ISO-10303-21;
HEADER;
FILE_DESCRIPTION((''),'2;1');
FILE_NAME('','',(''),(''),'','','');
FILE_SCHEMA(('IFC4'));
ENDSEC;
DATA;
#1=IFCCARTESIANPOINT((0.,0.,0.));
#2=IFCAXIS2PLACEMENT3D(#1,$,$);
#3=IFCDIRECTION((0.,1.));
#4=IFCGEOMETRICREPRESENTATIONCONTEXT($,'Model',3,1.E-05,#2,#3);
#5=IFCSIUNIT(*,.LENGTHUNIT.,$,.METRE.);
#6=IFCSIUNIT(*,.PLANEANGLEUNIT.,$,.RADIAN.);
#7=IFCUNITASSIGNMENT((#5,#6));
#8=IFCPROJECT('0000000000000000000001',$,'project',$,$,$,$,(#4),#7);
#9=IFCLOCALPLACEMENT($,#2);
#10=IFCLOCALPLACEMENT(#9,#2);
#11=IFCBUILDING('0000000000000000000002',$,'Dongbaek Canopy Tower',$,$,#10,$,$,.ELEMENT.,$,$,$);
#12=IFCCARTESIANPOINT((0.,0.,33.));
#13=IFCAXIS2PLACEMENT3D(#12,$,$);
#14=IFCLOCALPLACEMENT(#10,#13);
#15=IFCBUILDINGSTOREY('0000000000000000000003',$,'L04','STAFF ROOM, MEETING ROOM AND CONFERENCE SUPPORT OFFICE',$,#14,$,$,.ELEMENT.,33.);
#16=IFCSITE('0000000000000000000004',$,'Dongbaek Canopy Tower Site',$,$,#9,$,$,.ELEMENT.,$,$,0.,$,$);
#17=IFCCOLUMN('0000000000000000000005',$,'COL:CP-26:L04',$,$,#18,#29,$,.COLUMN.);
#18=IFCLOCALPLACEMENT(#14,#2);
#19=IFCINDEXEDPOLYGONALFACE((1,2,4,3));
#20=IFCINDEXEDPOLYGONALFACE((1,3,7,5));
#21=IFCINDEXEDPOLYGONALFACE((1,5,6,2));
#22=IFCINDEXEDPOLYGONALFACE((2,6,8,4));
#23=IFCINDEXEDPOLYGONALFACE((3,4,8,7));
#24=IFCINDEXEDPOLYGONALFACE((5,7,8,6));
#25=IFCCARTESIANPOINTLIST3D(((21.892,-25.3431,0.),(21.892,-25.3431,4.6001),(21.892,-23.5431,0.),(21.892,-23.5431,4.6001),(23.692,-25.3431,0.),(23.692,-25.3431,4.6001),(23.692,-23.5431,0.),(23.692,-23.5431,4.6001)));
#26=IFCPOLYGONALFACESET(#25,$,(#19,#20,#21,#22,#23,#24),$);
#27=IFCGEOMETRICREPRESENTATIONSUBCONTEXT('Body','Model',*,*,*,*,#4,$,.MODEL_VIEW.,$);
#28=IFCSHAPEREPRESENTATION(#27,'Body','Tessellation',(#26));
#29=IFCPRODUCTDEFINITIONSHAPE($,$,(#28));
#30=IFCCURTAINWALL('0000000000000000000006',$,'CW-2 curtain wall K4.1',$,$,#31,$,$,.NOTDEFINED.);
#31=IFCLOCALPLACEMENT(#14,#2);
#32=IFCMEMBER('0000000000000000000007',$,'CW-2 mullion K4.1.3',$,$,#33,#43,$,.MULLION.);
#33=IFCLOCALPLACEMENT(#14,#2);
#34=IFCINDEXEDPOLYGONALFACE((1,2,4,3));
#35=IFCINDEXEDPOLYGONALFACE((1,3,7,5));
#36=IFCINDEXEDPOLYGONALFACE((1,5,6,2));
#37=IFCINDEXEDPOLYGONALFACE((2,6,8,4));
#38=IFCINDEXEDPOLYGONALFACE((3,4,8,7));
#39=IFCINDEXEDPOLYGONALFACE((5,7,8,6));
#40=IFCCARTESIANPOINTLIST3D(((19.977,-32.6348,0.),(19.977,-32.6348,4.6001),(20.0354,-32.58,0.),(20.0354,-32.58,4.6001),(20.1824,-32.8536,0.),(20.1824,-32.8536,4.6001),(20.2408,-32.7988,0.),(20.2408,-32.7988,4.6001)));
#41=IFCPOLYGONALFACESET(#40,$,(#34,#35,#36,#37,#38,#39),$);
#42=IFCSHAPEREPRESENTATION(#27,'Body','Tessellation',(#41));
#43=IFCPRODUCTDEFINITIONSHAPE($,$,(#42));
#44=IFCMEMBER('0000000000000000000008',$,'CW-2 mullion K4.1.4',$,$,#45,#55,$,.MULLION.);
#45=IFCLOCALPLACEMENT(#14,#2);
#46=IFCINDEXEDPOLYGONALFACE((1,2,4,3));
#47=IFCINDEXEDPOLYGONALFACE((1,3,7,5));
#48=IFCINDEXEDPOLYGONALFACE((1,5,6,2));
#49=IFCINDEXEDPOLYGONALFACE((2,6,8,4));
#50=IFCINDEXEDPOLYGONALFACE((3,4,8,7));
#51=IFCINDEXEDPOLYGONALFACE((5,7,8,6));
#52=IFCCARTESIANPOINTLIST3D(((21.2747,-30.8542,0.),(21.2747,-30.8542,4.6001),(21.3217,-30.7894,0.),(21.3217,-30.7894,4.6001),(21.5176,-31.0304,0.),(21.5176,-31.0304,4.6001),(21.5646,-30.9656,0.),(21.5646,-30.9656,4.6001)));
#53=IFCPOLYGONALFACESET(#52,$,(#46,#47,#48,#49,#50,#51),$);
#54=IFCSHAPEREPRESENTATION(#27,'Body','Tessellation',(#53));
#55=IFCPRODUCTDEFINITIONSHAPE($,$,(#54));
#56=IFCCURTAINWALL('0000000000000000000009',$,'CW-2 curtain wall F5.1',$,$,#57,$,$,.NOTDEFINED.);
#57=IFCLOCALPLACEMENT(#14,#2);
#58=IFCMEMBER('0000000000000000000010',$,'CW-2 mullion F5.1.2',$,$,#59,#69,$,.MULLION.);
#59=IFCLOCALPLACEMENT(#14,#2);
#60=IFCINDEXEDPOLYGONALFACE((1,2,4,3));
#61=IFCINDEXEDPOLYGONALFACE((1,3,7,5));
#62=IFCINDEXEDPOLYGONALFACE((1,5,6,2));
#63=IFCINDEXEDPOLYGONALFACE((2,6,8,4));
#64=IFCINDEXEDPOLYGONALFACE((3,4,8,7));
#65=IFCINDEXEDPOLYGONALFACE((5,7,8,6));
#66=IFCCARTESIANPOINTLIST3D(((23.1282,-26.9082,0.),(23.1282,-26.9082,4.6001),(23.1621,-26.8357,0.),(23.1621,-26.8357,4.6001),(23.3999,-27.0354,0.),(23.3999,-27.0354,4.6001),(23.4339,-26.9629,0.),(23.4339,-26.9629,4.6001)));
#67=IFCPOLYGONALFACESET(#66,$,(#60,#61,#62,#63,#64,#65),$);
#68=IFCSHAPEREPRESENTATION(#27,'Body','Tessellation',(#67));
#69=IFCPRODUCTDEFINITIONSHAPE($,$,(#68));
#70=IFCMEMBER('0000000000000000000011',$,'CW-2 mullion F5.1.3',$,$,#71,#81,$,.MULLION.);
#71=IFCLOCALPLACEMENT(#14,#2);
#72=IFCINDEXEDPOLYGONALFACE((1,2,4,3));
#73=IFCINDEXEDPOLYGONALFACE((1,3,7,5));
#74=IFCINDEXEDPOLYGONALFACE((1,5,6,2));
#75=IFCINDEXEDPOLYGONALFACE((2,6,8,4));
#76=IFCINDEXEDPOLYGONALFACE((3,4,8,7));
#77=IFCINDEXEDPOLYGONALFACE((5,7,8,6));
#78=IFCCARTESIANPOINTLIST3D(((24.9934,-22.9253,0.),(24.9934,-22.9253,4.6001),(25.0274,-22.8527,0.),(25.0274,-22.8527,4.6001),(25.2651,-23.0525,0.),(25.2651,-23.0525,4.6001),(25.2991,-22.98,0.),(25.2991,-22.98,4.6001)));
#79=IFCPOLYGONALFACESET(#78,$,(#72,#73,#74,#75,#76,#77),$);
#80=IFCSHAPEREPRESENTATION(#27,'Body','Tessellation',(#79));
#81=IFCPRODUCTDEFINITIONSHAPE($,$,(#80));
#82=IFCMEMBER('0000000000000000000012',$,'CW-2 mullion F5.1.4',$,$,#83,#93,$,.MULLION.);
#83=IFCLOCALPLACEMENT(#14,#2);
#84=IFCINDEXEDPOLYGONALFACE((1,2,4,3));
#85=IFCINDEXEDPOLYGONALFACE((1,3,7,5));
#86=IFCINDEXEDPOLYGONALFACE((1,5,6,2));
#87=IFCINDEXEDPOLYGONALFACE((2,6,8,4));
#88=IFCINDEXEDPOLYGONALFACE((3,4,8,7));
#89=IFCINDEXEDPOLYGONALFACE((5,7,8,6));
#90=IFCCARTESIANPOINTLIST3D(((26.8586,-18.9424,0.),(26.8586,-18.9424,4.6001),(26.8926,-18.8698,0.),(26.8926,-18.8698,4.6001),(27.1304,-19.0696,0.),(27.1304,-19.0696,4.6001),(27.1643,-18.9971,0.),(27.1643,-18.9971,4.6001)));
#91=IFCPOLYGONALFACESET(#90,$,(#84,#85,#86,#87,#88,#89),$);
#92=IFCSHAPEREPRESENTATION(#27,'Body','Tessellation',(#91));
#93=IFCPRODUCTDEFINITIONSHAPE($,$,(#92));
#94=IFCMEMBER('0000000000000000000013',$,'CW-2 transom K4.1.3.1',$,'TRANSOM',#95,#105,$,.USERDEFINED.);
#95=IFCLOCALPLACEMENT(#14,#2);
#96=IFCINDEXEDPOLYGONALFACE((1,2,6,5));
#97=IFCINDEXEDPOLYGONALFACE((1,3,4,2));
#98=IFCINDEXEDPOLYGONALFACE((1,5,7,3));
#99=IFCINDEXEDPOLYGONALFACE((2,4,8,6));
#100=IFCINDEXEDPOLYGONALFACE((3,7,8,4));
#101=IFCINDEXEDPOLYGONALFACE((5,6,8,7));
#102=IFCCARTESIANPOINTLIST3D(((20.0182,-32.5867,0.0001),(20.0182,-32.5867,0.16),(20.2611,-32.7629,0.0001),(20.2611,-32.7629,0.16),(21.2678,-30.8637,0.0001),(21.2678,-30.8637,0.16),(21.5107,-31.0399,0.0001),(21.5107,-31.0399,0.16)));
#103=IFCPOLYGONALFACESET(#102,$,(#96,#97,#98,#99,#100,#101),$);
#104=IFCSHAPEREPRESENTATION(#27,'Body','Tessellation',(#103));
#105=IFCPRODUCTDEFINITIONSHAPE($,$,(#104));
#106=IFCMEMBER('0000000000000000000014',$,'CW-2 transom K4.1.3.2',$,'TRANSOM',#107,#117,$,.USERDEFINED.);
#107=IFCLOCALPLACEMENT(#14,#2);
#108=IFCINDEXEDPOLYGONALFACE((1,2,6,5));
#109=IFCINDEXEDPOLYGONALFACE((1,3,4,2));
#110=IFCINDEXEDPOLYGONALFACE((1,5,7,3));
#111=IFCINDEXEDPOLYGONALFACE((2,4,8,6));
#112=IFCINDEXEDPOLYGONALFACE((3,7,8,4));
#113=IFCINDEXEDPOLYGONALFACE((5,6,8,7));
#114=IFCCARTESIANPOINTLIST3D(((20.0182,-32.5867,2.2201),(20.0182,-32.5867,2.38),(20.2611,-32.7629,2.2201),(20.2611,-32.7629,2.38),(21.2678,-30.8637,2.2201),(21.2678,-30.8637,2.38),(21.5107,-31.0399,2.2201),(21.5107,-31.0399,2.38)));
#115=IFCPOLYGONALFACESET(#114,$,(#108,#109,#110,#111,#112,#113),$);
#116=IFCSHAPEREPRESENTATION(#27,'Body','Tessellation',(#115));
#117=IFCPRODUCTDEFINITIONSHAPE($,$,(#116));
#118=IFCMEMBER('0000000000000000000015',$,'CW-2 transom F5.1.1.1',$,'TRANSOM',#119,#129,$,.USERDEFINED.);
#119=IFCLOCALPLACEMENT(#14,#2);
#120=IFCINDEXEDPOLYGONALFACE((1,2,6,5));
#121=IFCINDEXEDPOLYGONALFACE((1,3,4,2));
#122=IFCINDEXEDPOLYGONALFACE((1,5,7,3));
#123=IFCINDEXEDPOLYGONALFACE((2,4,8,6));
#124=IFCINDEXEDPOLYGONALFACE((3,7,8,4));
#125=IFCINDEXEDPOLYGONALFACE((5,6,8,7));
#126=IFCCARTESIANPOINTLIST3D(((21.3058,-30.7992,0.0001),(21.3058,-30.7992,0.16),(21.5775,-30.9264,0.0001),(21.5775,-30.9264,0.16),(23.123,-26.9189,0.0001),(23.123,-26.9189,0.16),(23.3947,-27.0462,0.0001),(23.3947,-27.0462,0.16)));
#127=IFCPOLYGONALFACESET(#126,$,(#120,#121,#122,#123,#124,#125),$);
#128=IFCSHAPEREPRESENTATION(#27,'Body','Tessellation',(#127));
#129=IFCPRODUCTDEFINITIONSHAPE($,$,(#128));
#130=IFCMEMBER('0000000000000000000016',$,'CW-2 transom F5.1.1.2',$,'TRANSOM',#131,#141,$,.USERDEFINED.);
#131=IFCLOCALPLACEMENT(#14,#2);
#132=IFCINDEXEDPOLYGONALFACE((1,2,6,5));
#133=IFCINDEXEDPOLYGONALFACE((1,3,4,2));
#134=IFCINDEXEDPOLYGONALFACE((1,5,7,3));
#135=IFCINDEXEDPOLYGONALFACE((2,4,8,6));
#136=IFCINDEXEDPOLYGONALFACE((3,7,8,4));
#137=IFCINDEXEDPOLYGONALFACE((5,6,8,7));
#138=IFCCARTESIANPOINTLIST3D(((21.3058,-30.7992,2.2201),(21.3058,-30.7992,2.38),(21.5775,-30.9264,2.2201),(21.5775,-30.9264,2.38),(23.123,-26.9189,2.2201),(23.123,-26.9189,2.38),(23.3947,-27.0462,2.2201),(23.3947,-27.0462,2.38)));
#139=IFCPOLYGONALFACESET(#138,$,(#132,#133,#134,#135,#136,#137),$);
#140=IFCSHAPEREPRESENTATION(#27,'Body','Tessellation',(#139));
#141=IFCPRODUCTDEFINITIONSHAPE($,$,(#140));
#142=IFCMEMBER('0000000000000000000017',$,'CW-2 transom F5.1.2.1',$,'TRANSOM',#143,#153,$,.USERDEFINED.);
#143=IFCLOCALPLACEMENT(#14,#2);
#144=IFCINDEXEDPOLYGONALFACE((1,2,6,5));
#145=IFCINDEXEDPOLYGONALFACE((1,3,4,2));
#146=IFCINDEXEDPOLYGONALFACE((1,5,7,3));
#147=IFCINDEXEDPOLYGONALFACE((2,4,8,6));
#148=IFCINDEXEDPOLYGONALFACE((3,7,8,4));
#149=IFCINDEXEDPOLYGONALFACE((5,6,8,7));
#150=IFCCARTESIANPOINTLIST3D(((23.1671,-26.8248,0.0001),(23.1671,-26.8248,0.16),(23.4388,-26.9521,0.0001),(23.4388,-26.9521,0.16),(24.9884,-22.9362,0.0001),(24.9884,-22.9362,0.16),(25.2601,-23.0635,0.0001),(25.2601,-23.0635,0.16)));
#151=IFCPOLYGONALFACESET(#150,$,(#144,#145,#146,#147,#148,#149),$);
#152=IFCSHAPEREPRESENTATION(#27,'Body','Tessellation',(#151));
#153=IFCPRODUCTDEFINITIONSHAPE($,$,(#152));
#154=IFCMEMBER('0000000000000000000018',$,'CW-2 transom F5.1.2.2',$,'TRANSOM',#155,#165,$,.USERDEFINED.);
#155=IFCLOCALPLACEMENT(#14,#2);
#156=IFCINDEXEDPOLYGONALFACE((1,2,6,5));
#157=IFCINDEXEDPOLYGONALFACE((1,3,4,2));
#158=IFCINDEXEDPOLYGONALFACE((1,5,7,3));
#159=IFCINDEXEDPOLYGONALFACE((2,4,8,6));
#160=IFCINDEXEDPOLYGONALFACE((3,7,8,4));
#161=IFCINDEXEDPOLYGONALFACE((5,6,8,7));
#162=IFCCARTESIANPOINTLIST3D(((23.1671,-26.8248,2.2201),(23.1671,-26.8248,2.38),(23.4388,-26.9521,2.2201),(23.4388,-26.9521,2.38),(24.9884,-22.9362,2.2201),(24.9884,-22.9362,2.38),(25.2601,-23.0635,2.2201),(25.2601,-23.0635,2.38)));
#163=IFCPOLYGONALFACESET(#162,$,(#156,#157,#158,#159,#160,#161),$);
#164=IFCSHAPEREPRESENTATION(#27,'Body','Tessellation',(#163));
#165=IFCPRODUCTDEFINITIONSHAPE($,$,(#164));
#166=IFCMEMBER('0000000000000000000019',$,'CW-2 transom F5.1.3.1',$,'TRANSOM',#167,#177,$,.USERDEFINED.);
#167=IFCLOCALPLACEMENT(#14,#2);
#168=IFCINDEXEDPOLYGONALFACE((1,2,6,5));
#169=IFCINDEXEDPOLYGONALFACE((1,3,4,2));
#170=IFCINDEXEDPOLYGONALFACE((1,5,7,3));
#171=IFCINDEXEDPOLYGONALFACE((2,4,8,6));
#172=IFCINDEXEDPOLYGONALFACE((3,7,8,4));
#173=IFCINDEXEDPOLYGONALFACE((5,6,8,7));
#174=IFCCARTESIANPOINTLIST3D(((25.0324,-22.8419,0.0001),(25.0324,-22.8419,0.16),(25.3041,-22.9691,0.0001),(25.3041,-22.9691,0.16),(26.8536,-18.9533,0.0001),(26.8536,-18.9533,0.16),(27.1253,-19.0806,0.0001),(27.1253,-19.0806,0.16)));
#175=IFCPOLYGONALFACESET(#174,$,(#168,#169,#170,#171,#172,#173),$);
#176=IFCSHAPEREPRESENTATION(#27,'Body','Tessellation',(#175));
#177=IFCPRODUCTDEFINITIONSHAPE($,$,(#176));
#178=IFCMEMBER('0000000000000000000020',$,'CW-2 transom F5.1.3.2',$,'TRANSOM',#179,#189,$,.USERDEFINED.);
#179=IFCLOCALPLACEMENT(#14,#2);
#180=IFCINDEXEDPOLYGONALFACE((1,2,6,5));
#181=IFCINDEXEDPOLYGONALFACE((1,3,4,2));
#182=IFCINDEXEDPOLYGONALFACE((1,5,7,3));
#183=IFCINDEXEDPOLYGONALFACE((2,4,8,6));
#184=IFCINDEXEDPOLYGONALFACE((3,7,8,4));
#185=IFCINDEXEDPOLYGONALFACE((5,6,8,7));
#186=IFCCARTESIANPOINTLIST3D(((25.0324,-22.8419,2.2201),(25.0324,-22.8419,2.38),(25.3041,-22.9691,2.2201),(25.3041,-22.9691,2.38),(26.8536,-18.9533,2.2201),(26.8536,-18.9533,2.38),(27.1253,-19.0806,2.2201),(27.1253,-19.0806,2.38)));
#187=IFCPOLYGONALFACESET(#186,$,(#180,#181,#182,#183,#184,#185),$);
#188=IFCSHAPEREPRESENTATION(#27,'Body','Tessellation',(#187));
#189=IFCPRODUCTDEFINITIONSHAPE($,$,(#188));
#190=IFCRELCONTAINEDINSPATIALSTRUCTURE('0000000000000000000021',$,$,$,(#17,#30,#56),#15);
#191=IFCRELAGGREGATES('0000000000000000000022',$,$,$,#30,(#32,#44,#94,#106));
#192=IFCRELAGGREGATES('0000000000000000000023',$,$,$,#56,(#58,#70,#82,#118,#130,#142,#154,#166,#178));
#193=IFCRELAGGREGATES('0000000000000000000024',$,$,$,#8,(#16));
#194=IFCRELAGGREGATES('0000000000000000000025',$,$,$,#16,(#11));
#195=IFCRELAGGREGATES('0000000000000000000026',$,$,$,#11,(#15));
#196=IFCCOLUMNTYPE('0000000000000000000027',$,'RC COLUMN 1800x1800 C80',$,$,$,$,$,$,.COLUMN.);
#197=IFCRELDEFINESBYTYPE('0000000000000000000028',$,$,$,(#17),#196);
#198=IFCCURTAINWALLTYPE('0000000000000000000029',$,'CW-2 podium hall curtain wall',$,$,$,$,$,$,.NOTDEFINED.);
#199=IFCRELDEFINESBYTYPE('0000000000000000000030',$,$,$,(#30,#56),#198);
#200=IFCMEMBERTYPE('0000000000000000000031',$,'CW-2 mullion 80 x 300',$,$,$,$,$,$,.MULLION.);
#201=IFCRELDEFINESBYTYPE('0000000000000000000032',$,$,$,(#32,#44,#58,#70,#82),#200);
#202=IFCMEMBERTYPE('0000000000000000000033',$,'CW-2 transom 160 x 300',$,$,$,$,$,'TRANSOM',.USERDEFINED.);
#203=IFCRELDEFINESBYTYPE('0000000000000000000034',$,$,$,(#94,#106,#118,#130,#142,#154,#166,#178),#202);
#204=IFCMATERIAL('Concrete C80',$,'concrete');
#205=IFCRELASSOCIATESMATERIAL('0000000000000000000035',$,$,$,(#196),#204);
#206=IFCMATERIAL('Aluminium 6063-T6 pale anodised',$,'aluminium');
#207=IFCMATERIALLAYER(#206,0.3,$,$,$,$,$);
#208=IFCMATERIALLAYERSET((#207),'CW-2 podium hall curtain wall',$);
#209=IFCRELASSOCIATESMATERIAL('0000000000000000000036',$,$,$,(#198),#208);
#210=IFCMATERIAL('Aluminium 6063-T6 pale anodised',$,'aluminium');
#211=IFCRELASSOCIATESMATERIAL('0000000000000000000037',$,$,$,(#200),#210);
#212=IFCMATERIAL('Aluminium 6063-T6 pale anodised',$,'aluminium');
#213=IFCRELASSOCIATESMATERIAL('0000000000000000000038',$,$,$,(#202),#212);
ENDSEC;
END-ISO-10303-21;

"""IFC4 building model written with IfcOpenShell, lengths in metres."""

from ifc_helpers import new_model, si_unit, direction, frame, origin, origin_2d, place, context, subcontext, project, spatial, rectangle, extrude, material, layer, layer_set, material_profile, profile_set, type_object, element, aggregate, save


model = new_model("IFC4")

# Units and contexts
model_context = context("Model", 3, precision=1e-05, world=origin(), true_north=direction((0.0, 1.0)))
body_context = subcontext(model_context, "Body", "Model", "MODEL_VIEW")
ifc_project = project(units=[si_unit("LENGTHUNIT", "METRE"), si_unit("PLANEANGLEUNIT", "RADIAN")], contexts=[model_context])

# Site, building, storey
site_placement = place(None, origin())
site = spatial("IfcSite", under=ifc_project, at=site_placement, Name="Dongbaek Canopy Tower Site", CompositionType="ELEMENT", RefElevation=0.0)
building_placement = place(site_placement, origin())
building = spatial("IfcBuilding", under=site, at=building_placement, Name="Dongbaek Canopy Tower", CompositionType="ELEMENT")
storey_placement = place(building_placement, frame((0.0, 0.0, 33.0)))
storey = spatial("IfcBuildingStorey", under=building, at=storey_placement, Name="L04", Description="STAFF ROOM, MEETING ROOM AND CONFERENCE SUPPORT OFFICE", CompositionType="ELEMENT", Elevation=33.0)

# Column
ifc_material_1 = material(Name="Concrete C80", Category="concrete")
ifc_material_profile_1 = material_profile(ifc_material_1, rectangle(XDim=1.8, YDim=1.8, at=origin_2d()), Name="RC COLUMN 1800x1800 C80")
ifc_profile_set_1 = profile_set([ifc_material_profile_1], Name="Concrete C80")
column_type = type_object("IfcColumnType", Name="RC COLUMN 1800x1800 C80", PredefinedType="COLUMN", material=ifc_profile_set_1)
column_placement = place(storey_placement, frame((22.792, -24.4431, 0.0), z_axis=(0.0, 0.0, 1.0), x_axis=(1.0, 0.0, 0.0)))
element("IfcColumn", 1, at=column_placement, inside=storey, type_object=column_type, Name="COL:CP-26:L04", PredefinedType="COLUMN", context=body_context, shape_type="SweptSolid", body=[
    extrude(rectangle(XDim=1.8, YDim=1.8, at=origin_2d()), origin(), (0.0, 0.0, 1.0), 4.6001),
])

# Curtain walls, members
ifc_material_2 = material(Name="Aluminium 6063-T6 pale anodised", Category="aluminium")
ifc_layer_1 = layer(ifc_material_2, 0.3)
ifc_layer_set_1 = layer_set([ifc_layer_1], Name="CW-2 podium hall curtain wall")
curtain_wall_type = type_object("IfcCurtainWallType", Name="CW-2 podium hall curtain wall", PredefinedType="NOTDEFINED", material=ifc_layer_set_1)
curtain_wall_1_placement = place(storey_placement, origin())
curtain_wall_1 = element("IfcCurtainWall", 2, at=curtain_wall_1_placement, inside=storey, type_object=curtain_wall_type, Name="CW-2 curtain wall K4.1", PredefinedType="NOTDEFINED")
ifc_material_3 = material(Name="Aluminium 6063-T6 pale anodised", Category="aluminium")
ifc_material_profile_2 = material_profile(ifc_material_3, rectangle(XDim=0.3, YDim=0.0801, at=origin_2d()), Name="CW-2 mullion 80 x 300")
ifc_profile_set_2 = profile_set([ifc_material_profile_2], Name="Aluminium 6063-T6 pale anodised")
member_type_1 = type_object("IfcMemberType", Name="CW-2 mullion 80 x 300", PredefinedType="MULLION", material=ifc_profile_set_2)
member_1_placement = place(storey_placement, frame((20.1089, -32.7168, 0.0), z_axis=(0.0, 0.0, 1.0), x_axis=(0.684351, -0.729153, 0.0)))
member_1 = element("IfcMember", 3, at=member_1_placement, type_object=member_type_1, Name="CW-2 mullion K4.1.3", PredefinedType="MULLION", context=body_context, shape_type="SweptSolid", body=[
    extrude(rectangle(XDim=0.3, YDim=0.0801, at=origin_2d()), origin(), (0.0, 0.0, 1.0), 4.6001),
])
member_2_placement = place(storey_placement, frame((21.4197, -30.9099, 0.0), z_axis=(0.0, 0.0, 1.0), x_axis=(0.809475, -0.587154, 0.0)))
member_2 = element("IfcMember", 4, at=member_2_placement, type_object=member_type_1, Name="CW-2 mullion K4.1.4", PredefinedType="MULLION", context=body_context, shape_type="SweptSolid", body=[
    extrude(rectangle(XDim=0.3, YDim=0.0801, at=origin_2d()), origin(), (0.0, 0.0, 1.0), 4.6001),
])
curtain_wall_2_placement = place(storey_placement, origin())
curtain_wall_2 = element("IfcCurtainWall", 5, at=curtain_wall_2_placement, inside=storey, type_object=curtain_wall_type, Name="CW-2 curtain wall F5.1", PredefinedType="NOTDEFINED")
member_3_placement = place(storey_placement, frame((23.281, -26.9355, 0.0), z_axis=(0.0, 0.0, 1.0), x_axis=(0.905605, -0.424123, 0.0)))
member_3 = element("IfcMember", 6, at=member_3_placement, type_object=member_type_1, Name="CW-2 mullion F5.1.2", PredefinedType="MULLION", context=body_context, shape_type="SweptSolid", body=[
    extrude(rectangle(XDim=0.3, YDim=0.0801, at=origin_2d()), origin(), (0.0, 0.0, 1.0), 4.6001),
])
member_4_placement = place(storey_placement, frame((25.1462, -22.9526, 0.0), z_axis=(0.0, 0.0, 1.0), x_axis=(0.905605, -0.424123, 0.0)))
member_4 = element("IfcMember", 7, at=member_4_placement, type_object=member_type_1, Name="CW-2 mullion F5.1.3", PredefinedType="MULLION", context=body_context, shape_type="SweptSolid", body=[
    extrude(rectangle(XDim=0.3, YDim=0.0801, at=origin_2d()), origin(), (0.0, 0.0, 1.0), 4.6001),
])
member_5_placement = place(storey_placement, frame((27.0115, -18.9697, 0.0), z_axis=(0.0, 0.0, 1.0), x_axis=(0.905605, -0.424123, 0.0)))
member_5 = element("IfcMember", 8, at=member_5_placement, type_object=member_type_1, Name="CW-2 mullion F5.1.4", PredefinedType="MULLION", context=body_context, shape_type="SweptSolid", body=[
    extrude(rectangle(XDim=0.3, YDim=0.0801, at=origin_2d()), origin(), (0.0, 0.0, 1.0), 4.6001),
])

# Members
ifc_material_4 = material(Name="Aluminium 6063-T6 pale anodised", Category="aluminium")
ifc_material_profile_3 = material_profile(ifc_material_4, rectangle(XDim=0.3, YDim=0.1599, at=origin_2d()), Name="CW-2 transom 160 x 300")
ifc_profile_set_3 = profile_set([ifc_material_profile_3], Name="Aluminium 6063-T6 pale anodised")
member_type_2 = type_object("IfcMemberType", Name="CW-2 transom 160 x 300", ElementType="TRANSOM", PredefinedType="USERDEFINED", material=ifc_profile_set_3)
member_6_placement = place(storey_placement, frame((20.1396, -32.6748, 0.0801), z_axis=(0.587094, 0.809519, 0.0), x_axis=(-0.809519, 0.587094, 0.0)))
member_6 = element("IfcMember", 9, at=member_6_placement, type_object=member_type_2, Name="CW-2 transom K4.1.3.1", ObjectType="TRANSOM", PredefinedType="USERDEFINED", context=body_context, shape_type="SweptSolid", body=[
    extrude(rectangle(XDim=0.3, YDim=0.1599, at=origin_2d()), origin(), (0.0, 0.0, 1.0), 2.1284),
])
member_7_placement = place(storey_placement, frame((20.1396, -32.6748, 2.3), z_axis=(0.587094, 0.809519, 0.0), x_axis=(-0.809519, 0.587094, 0.0)))
member_7 = element("IfcMember", 10, at=member_7_placement, type_object=member_type_2, Name="CW-2 transom K4.1.3.2", ObjectType="TRANSOM", PredefinedType="USERDEFINED", context=body_context, shape_type="SweptSolid", body=[
    extrude(rectangle(XDim=0.3, YDim=0.1599, at=origin_2d()), origin(), (0.0, 0.0, 1.0), 2.1284),
])
member_8_placement = place(storey_placement, frame((21.4417, -30.8628, 0.0801), z_axis=(0.424114, 0.905609, 0.0), x_axis=(-0.905609, 0.424114, 0.0)))
member_8 = element("IfcMember", 11, at=member_8_placement, type_object=member_type_2, Name="CW-2 transom F5.1.1.1", ObjectType="TRANSOM", PredefinedType="USERDEFINED", context=body_context, shape_type="SweptSolid", body=[
    extrude(rectangle(XDim=0.3, YDim=0.1599, at=origin_2d()), origin(), (0.0, 0.0, 1.0), 4.2847),
])
member_9_placement = place(storey_placement, frame((21.4417, -30.8628, 2.3), z_axis=(0.424114, 0.905609, 0.0), x_axis=(-0.905609, 0.424114, 0.0)))
member_9 = element("IfcMember", 12, at=member_9_placement, type_object=member_type_2, Name="CW-2 transom F5.1.1.2", ObjectType="TRANSOM", PredefinedType="USERDEFINED", context=body_context, shape_type="SweptSolid", body=[
    extrude(rectangle(XDim=0.3, YDim=0.1599, at=origin_2d()), origin(), (0.0, 0.0, 1.0), 4.2847),
])
member_10_placement = place(storey_placement, frame((23.303, -26.8884, 0.0801), z_axis=(0.424143, 0.905595, 0.0), x_axis=(-0.905595, 0.424143, 0.0)))
member_10 = element("IfcMember", 13, at=member_10_placement, type_object=member_type_2, Name="CW-2 transom F5.1.2.1", ObjectType="TRANSOM", PredefinedType="USERDEFINED", context=body_context, shape_type="SweptSolid", body=[
    extrude(rectangle(XDim=0.3, YDim=0.1599, at=origin_2d()), origin(), (0.0, 0.0, 1.0), 4.2939),
])
member_11_placement = place(storey_placement, frame((23.303, -26.8884, 2.3), z_axis=(0.424143, 0.905595, 0.0), x_axis=(-0.905595, 0.424143, 0.0)))
member_11 = element("IfcMember", 14, at=member_11_placement, type_object=member_type_2, Name="CW-2 transom F5.1.2.2", ObjectType="TRANSOM", PredefinedType="USERDEFINED", context=body_context, shape_type="SweptSolid", body=[
    extrude(rectangle(XDim=0.3, YDim=0.1599, at=origin_2d()), origin(), (0.0, 0.0, 1.0), 4.2939),
])
member_12_placement = place(storey_placement, frame((25.1682, -22.9055, 0.0801), z_axis=(0.424143, 0.905595, 0.0), x_axis=(-0.905595, 0.424143, 0.0)))
member_12 = element("IfcMember", 15, at=member_12_placement, type_object=member_type_2, Name="CW-2 transom F5.1.3.1", ObjectType="TRANSOM", PredefinedType="USERDEFINED", context=body_context, shape_type="SweptSolid", body=[
    extrude(rectangle(XDim=0.3, YDim=0.1599, at=origin_2d()), origin(), (0.0, 0.0, 1.0), 4.2939),
])
member_13_placement = place(storey_placement, frame((25.1682, -22.9055, 2.3), z_axis=(0.424143, 0.905595, 0.0), x_axis=(-0.905595, 0.424143, 0.0)))
member_13 = element("IfcMember", 16, at=member_13_placement, type_object=member_type_2, Name="CW-2 transom F5.1.3.2", ObjectType="TRANSOM", PredefinedType="USERDEFINED", context=body_context, shape_type="SweptSolid", body=[
    extrude(rectangle(XDim=0.3, YDim=0.1599, at=origin_2d()), origin(), (0.0, 0.0, 1.0), 4.2939),
])

aggregate(curtain_wall_1, [member_1, member_2, member_6, member_7])
aggregate(curtain_wall_2, [member_3, member_4, member_5, member_8, member_9, member_10, member_11, member_12, member_13])

save(model, "model.ifc")
